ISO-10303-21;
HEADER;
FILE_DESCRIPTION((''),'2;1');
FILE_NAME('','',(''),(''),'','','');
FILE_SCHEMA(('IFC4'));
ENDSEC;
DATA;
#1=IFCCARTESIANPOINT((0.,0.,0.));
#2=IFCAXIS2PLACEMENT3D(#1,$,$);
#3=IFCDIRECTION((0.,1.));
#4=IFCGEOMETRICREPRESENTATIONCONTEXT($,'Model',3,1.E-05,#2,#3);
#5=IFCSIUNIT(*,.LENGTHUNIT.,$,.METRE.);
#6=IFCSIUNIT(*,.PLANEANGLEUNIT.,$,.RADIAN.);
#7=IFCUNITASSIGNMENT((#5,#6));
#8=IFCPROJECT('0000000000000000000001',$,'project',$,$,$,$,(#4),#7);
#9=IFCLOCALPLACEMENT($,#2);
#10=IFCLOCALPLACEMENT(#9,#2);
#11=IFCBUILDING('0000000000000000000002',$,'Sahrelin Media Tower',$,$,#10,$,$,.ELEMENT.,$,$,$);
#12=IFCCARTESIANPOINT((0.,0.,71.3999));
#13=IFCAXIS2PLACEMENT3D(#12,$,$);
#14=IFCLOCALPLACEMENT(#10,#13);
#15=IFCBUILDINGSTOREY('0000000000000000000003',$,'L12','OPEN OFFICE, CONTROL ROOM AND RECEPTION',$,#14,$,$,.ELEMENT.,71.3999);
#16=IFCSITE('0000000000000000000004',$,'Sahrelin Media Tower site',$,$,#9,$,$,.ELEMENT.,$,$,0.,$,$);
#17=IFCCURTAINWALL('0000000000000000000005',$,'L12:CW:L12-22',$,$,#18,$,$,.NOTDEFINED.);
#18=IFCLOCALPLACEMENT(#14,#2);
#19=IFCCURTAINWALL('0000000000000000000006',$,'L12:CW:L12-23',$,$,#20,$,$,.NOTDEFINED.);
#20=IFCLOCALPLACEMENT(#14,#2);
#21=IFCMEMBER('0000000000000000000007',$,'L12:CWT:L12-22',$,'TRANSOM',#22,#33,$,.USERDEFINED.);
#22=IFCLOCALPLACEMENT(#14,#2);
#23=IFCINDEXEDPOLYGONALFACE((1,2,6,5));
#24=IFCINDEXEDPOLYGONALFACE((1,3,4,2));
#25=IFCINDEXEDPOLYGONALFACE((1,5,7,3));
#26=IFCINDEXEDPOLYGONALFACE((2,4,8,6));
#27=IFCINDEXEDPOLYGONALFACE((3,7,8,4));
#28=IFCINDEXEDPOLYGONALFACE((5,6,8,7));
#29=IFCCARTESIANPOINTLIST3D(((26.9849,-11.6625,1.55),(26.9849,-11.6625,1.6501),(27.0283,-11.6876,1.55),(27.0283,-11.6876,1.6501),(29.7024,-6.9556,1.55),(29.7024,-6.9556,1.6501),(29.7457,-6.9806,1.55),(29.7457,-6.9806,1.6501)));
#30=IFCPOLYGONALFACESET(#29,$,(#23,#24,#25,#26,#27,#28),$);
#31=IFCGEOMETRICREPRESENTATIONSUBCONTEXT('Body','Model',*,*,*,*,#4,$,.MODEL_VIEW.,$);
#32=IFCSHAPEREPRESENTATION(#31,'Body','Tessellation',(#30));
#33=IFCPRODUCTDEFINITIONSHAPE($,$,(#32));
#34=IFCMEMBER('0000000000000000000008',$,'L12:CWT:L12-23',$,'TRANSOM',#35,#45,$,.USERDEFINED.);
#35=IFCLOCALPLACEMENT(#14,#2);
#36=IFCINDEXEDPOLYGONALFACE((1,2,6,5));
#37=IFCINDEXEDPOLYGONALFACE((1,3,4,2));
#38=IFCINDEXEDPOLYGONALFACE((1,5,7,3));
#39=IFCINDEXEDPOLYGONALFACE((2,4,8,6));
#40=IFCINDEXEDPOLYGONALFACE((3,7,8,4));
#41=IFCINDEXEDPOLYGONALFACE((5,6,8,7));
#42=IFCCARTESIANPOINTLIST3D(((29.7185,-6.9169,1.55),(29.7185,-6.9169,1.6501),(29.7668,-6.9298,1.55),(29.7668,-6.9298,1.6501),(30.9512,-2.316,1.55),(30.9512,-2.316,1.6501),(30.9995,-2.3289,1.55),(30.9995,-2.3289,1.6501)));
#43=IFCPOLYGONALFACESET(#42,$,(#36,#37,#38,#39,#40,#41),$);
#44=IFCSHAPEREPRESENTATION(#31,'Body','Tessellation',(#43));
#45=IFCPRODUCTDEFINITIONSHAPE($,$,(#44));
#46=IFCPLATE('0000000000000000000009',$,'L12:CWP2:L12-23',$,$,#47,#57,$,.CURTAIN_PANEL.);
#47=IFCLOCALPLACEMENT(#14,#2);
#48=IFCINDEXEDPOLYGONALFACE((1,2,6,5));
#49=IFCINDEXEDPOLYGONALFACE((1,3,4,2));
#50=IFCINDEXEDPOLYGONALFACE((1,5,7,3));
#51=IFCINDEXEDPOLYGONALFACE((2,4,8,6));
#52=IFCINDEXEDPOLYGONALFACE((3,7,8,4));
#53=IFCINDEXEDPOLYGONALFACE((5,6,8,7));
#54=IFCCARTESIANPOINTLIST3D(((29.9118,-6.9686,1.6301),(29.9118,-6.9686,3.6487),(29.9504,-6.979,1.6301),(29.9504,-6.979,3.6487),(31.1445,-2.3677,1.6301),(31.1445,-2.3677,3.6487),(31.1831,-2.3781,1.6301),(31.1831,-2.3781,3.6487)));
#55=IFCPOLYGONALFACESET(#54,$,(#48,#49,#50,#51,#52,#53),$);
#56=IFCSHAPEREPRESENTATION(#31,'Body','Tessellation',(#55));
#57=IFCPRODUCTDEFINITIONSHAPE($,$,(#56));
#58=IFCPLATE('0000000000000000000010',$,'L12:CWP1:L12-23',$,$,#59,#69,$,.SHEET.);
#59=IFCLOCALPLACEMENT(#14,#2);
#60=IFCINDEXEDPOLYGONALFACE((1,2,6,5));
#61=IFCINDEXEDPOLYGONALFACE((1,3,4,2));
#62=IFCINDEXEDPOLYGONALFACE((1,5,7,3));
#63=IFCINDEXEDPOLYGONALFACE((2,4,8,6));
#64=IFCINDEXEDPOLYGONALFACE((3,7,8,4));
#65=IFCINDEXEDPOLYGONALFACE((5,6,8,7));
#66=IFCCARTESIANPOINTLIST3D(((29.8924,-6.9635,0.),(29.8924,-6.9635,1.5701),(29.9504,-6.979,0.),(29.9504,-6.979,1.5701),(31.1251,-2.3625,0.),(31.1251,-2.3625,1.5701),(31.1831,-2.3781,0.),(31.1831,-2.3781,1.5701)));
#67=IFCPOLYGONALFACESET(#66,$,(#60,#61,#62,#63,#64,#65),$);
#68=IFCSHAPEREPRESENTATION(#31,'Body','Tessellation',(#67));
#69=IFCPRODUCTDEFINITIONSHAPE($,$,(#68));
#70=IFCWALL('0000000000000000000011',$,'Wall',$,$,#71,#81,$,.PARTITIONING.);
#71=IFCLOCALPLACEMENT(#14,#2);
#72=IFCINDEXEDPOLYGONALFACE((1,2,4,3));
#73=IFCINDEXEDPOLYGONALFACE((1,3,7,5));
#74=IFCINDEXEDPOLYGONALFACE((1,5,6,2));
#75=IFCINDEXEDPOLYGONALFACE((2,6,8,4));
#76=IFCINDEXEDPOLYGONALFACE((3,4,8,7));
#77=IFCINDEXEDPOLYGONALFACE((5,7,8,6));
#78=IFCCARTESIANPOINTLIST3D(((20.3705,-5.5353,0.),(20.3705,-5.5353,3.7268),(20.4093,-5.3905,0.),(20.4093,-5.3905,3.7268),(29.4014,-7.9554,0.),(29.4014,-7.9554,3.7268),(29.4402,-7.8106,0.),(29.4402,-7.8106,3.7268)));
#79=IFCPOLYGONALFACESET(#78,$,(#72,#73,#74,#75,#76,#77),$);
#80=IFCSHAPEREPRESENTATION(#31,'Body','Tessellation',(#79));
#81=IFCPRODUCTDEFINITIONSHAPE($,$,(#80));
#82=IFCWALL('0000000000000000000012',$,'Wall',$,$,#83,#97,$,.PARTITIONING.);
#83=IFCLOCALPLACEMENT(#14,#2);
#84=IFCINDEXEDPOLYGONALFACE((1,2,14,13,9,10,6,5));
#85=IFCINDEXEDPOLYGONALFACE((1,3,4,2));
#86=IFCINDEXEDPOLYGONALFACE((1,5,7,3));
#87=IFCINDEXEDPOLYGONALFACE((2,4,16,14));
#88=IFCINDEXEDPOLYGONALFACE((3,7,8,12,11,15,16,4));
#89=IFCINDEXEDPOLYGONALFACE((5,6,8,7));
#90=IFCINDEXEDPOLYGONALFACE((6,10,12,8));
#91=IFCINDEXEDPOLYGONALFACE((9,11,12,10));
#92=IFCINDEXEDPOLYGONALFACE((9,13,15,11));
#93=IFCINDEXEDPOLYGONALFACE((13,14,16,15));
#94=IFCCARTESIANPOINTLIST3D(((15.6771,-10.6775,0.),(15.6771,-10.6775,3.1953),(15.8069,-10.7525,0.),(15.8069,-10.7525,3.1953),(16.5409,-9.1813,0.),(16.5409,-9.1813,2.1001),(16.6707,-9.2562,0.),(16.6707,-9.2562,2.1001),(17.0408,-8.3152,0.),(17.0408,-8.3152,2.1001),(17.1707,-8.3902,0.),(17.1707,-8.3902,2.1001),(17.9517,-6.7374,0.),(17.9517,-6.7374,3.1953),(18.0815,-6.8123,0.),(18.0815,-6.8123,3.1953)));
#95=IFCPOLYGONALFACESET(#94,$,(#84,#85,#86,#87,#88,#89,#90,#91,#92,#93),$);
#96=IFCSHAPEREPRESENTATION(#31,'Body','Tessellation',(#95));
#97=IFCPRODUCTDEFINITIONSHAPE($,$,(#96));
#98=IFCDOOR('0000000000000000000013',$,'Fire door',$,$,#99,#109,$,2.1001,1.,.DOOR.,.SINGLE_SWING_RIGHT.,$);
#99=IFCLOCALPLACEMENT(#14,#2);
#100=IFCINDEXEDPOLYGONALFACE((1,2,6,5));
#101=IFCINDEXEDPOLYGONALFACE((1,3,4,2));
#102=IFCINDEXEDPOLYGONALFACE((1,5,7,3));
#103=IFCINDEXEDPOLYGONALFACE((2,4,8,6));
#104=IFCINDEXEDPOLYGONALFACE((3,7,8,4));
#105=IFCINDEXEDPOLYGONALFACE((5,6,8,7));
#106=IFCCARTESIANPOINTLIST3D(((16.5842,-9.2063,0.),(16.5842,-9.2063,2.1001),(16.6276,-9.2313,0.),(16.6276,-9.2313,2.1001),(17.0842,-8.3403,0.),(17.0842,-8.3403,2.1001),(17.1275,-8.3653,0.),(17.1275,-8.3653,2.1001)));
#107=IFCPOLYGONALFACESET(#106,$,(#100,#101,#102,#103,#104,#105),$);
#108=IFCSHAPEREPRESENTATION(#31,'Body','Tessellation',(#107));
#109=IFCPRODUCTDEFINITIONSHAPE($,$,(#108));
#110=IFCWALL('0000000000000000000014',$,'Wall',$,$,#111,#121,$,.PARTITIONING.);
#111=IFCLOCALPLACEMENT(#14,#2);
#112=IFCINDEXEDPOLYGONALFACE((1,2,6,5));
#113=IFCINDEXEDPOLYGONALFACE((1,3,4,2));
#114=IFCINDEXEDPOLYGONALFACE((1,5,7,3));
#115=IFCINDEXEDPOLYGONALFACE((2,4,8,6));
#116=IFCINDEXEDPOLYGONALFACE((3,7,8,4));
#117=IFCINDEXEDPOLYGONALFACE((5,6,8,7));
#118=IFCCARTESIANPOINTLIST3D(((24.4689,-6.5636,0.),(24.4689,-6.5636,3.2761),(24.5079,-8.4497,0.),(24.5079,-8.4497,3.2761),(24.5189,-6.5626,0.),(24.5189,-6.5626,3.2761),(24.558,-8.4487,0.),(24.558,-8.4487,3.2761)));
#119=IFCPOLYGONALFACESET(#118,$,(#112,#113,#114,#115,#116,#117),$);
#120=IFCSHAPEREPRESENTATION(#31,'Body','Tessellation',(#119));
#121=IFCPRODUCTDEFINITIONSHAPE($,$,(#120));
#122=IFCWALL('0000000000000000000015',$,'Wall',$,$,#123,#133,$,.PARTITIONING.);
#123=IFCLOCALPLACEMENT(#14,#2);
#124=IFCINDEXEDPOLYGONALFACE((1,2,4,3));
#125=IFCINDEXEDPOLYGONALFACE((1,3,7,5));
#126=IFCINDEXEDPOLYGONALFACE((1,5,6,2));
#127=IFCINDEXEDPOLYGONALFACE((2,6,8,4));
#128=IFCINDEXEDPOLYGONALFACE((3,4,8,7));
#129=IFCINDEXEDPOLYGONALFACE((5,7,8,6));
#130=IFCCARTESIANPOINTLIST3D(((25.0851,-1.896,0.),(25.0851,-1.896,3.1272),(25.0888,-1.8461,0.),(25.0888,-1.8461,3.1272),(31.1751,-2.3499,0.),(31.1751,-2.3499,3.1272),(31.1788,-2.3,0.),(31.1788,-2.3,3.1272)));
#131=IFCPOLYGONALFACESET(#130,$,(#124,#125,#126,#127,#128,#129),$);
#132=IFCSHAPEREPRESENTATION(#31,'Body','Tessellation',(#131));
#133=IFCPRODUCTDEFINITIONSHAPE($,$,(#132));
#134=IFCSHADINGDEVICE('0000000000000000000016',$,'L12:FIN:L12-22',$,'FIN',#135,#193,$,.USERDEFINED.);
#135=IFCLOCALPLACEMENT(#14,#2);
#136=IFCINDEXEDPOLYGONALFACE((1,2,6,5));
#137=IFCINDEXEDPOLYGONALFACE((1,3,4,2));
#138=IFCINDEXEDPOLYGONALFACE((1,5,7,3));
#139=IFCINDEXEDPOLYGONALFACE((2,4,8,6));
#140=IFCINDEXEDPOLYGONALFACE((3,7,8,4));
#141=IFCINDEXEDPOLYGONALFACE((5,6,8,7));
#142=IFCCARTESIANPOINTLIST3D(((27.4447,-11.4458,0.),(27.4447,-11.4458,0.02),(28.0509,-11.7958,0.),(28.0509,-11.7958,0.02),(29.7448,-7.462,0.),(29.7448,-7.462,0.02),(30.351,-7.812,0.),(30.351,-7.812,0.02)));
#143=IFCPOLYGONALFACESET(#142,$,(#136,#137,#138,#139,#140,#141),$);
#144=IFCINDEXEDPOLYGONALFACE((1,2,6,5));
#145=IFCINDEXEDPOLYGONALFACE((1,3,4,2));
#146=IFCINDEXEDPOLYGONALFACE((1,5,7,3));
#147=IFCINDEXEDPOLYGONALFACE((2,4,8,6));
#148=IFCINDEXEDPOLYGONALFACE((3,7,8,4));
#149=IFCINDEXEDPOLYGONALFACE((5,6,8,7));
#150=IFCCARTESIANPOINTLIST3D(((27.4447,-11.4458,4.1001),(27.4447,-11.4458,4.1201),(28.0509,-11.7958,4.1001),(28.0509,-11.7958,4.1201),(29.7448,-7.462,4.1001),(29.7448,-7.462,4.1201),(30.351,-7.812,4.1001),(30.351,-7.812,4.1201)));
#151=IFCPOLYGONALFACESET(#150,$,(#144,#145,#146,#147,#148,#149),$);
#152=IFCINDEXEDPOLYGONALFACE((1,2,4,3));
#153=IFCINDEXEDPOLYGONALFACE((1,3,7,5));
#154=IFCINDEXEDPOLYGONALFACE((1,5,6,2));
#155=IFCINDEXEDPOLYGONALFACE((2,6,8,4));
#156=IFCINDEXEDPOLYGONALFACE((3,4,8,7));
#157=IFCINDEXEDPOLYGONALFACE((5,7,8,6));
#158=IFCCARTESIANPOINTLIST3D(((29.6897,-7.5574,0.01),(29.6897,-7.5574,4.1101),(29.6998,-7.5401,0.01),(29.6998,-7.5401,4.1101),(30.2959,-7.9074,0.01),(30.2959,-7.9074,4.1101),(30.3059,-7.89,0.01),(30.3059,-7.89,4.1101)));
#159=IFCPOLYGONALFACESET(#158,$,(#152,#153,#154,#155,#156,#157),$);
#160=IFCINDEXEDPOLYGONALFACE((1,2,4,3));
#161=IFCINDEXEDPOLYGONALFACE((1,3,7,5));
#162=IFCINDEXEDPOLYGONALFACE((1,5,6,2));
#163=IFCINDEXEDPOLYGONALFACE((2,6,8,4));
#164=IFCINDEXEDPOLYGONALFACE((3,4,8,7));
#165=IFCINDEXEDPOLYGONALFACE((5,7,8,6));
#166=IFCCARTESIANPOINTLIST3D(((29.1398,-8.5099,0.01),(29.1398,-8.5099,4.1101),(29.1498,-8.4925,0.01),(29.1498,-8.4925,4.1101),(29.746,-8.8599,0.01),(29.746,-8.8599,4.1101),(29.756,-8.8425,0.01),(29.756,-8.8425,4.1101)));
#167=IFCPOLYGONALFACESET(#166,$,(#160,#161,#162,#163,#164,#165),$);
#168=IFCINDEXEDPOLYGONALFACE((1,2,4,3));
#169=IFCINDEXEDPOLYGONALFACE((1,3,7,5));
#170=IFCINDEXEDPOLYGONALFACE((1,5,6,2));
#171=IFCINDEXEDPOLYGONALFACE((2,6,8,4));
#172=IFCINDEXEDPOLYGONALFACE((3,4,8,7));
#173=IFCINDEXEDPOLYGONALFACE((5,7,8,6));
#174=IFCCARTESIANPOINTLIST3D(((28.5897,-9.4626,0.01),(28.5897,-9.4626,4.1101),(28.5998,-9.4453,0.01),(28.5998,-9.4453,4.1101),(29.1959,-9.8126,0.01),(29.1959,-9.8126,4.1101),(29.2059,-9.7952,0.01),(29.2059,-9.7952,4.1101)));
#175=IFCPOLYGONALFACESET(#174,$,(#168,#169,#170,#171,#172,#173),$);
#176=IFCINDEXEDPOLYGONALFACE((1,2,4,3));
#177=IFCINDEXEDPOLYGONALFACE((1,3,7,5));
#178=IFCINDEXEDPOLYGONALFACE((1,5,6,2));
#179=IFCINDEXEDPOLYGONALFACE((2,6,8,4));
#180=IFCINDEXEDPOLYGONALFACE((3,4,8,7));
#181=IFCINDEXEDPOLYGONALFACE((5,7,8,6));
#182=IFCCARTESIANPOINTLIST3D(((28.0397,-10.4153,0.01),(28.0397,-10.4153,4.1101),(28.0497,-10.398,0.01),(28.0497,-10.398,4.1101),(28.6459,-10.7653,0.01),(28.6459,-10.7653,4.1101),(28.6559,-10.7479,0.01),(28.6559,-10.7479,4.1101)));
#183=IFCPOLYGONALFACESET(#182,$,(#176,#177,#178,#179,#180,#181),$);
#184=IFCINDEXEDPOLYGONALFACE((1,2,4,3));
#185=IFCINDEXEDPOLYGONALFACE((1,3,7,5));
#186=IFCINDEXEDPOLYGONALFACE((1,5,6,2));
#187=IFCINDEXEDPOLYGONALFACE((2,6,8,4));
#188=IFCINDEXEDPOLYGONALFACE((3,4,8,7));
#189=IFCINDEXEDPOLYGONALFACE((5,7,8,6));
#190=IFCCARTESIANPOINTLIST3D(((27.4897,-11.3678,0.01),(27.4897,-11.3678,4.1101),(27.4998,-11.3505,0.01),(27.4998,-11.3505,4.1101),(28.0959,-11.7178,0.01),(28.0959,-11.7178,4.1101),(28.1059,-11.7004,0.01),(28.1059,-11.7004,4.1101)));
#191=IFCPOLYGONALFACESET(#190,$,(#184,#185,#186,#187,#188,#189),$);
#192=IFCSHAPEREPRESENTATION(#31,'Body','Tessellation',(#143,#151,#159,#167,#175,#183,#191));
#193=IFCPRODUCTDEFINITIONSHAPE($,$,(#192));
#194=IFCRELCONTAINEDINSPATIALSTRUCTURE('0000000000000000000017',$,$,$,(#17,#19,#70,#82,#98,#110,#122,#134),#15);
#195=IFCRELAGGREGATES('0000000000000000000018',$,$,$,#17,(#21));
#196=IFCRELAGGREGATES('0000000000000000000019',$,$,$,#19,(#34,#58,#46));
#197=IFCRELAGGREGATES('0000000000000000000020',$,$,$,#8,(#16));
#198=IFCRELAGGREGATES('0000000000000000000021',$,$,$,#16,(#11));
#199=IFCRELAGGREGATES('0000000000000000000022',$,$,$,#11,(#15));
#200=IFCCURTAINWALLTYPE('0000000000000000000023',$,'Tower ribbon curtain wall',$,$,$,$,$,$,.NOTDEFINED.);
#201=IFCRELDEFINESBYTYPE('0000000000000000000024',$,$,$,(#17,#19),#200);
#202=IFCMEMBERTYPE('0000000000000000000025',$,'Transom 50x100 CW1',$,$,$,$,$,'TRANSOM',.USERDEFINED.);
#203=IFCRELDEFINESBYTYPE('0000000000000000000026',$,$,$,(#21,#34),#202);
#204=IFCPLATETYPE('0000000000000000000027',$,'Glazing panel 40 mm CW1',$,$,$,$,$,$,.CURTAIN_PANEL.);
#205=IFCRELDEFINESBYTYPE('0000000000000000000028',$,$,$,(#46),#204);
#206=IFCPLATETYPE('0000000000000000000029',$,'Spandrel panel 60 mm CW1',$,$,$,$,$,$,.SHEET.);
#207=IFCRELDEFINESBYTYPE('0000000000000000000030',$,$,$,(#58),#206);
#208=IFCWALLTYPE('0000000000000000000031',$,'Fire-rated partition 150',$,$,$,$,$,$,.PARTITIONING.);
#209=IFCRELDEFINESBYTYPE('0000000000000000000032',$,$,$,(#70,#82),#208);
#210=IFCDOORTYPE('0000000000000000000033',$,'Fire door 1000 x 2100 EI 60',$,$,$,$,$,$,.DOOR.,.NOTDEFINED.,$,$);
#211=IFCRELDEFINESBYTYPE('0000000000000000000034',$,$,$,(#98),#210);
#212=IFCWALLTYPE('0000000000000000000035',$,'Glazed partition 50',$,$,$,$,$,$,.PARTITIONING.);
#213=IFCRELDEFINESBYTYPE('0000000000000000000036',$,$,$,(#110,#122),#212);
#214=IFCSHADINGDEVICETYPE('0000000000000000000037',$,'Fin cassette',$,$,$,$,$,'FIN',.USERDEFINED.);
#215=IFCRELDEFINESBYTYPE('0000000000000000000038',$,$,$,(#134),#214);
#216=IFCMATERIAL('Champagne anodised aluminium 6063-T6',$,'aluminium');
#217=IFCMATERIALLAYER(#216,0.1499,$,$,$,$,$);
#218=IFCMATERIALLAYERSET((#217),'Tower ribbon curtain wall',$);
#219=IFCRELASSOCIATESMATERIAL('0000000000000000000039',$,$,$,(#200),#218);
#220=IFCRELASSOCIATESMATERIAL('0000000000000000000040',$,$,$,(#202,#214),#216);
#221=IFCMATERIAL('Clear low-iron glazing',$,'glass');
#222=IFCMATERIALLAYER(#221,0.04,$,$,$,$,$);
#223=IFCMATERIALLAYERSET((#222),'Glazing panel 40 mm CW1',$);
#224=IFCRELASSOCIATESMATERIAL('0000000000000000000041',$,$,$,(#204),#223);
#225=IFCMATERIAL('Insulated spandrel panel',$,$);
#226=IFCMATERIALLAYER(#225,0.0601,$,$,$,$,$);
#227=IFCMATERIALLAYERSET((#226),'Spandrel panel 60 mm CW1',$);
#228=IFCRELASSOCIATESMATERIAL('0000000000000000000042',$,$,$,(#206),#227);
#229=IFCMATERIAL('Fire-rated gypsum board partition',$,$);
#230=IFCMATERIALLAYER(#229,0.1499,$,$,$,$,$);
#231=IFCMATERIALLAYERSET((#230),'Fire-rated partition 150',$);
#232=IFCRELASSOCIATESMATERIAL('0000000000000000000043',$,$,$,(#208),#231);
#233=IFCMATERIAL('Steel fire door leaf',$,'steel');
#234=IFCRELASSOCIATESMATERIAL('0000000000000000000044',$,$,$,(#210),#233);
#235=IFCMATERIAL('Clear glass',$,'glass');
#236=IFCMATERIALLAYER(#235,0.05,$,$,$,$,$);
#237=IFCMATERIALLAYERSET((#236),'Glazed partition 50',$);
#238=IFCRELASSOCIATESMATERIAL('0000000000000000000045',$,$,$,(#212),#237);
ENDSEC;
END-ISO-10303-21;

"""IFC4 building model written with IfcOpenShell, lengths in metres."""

from ifc_helpers import new_model, si_unit, direction, frame, frame_2d, origin, origin_2d, place, context, subcontext, project, spatial, polyline, rectangle, outline, extrude, material, layer, layer_set, material_profile, profile_set, type_object, element, fill, aggregate, save


model = new_model("IFC4")

# Units and contexts
model_context = context("Model", 3, precision=1e-05, world=origin(), true_north=direction((0.0, 1.0)))
body_context = subcontext(model_context, "Body", "Model", "MODEL_VIEW")
ifc_project = project(units=[si_unit("LENGTHUNIT", "METRE"), si_unit("PLANEANGLEUNIT", "RADIAN")], contexts=[model_context])

# Site, building, storey
site_placement = place(None, origin())
site = spatial("IfcSite", under=ifc_project, at=site_placement, Name="Sahrelin Media Tower site", CompositionType="ELEMENT", RefElevation=0.0)
building_placement = place(site_placement, origin())
building = spatial("IfcBuilding", under=site, at=building_placement, Name="Sahrelin Media Tower", CompositionType="ELEMENT")
storey_placement = place(building_placement, frame((0.0, 0.0, 71.3999)))
storey = spatial("IfcBuildingStorey", under=building, at=storey_placement, Name="L12", Description="OPEN OFFICE, CONTROL ROOM AND RECEPTION", CompositionType="ELEMENT", Elevation=71.3999)

# Curtain walls
ifc_material_1 = material(Name="Champagne anodised aluminium 6063-T6", Category="aluminium")
ifc_layer_1 = layer(ifc_material_1, 0.1499)
ifc_layer_set_1 = layer_set([ifc_layer_1], Name="Tower ribbon curtain wall")
curtain_wall_type = type_object("IfcCurtainWallType", Name="Tower ribbon curtain wall", PredefinedType="NOTDEFINED", material=ifc_layer_set_1)
curtain_wall_1_placement = place(storey_placement, frame((28.5342, -9.4189, 0.0), z_axis=(0.0, 0.0, 1.0), x_axis=(1.0, 0.0, 0.0)))
curtain_wall_1 = element("IfcCurtainWall", 1, at=curtain_wall_1_placement, inside=storey, type_object=curtain_wall_type, Name="L12:CW:L12-22", PredefinedType="NOTDEFINED")
curtain_wall_2_placement = place(storey_placement, frame((30.5474, -4.6733, 0.0), z_axis=(0.0, 0.0, 1.0), x_axis=(1.0, 0.0, 0.0)))
curtain_wall_2 = element("IfcCurtainWall", 2, at=curtain_wall_2_placement, inside=storey, type_object=curtain_wall_type, Name="L12:CW:L12-23", PredefinedType="NOTDEFINED")

# Members
ifc_material_profile_1 = material_profile(ifc_material_1, rectangle(XDim=0.05, YDim=0.1001, at=origin_2d()), Name="Transom 50x100")
ifc_profile_set_1 = profile_set([ifc_material_profile_1], Name="Champagne anodised aluminium 6063-T6")
member_type_1 = type_object("IfcMemberType", Name="Transom 50x100 CW1", ElementType="TRANSOM", PredefinedType="USERDEFINED", material=ifc_profile_set_1)
member_1_placement = place(storey_placement, frame((27.0066, -11.675, 1.6001), z_axis=(0.499989, 0.866031, 0.0), x_axis=(-0.866031, 0.499989, 0.0)))
member_1 = element("IfcMember", 3, at=member_1_placement, type_object=member_type_1, Name="L12:CWT:L12-22", ObjectType="TRANSOM", PredefinedType="USERDEFINED", context=body_context, shape_type="SweptSolid", body=[
    extrude(rectangle(XDim=0.05, YDim=0.1001, at=origin_2d()), origin(), (0.0, 0.0, 1.0), 5.4351),
])
aggregate(curtain_wall_1, [member_1])
member_2_placement = place(storey_placement, frame((29.7427, -6.9233, 1.6001), z_axis=(0.258795, 0.965932, 0.0), x_axis=(-0.965932, 0.258795, 0.0)))
member_2 = element("IfcMember", 4, at=member_2_placement, type_object=member_type_1, Name="L12:CWT:L12-23", ObjectType="TRANSOM", PredefinedType="USERDEFINED", context=body_context, shape_type="SweptSolid", body=[
    extrude(rectangle(XDim=0.05, YDim=0.1001, at=origin_2d()), origin(), (0.0, 0.0, 1.0), 4.7632),
])

# Plates
ifc_material_2 = material(Name="Clear low-iron glazing", Category="glass")
ifc_layer_2 = layer(ifc_material_2, 0.04)
ifc_layer_set_2 = layer_set([ifc_layer_2], Name="Glazing panel 40 mm CW1")
plate_type_1 = type_object("IfcPlateType", Name="Glazing panel 40 mm CW1", PredefinedType="CURTAIN_PANEL", material=ifc_layer_set_2)
plate_1_placement = place(storey_placement, frame((29.9504, -6.979, 1.6301), z_axis=(0.965932, -0.258795, 0.0), x_axis=(0.258795, 0.965932, 0.0)))
plate_1 = element("IfcPlate", 5, at=plate_1_placement, type_object=plate_type_1, Name="L12:CWP2:L12-23", PredefinedType="CURTAIN_PANEL", context=body_context, shape_type="SweptSolid", body=[
    extrude(outline(polyline([(0.0, 0.0), (4.7632, 0.0), (4.7632, 2.0186), (0.0, 2.0186), (0.0, 0.0)])), origin(), (0.0, 0.0, -1.0), 0.04),
])
ifc_material_3 = material(Name="Insulated spandrel panel")
ifc_layer_3 = layer(ifc_material_3, 0.0601)
ifc_layer_set_3 = layer_set([ifc_layer_3], Name="Spandrel panel 60 mm CW1")
plate_type_2 = type_object("IfcPlateType", Name="Spandrel panel 60 mm CW1", PredefinedType="SHEET", material=ifc_layer_set_3)
plate_2_placement = place(storey_placement, frame((29.9504, -6.979, 0.0), z_axis=(0.965932, -0.258795, 0.0), x_axis=(0.258795, 0.965932, 0.0)))
plate_2 = element("IfcPlate", 6, at=plate_2_placement, type_object=plate_type_2, Name="L12:CWP1:L12-23", PredefinedType="SHEET", context=body_context, shape_type="SweptSolid", body=[
    extrude(outline(polyline([(0.0, 0.0), (4.7632, 0.0), (4.7632, 1.5701), (0.0, 1.5701), (0.0, 0.0)])), origin(), (0.0, 0.0, -1.0), 0.0601),
])
aggregate(curtain_wall_2, [member_2, plate_2, plate_1])

# Wall
ifc_material_4 = material(Name="Fire-rated gypsum board partition")
ifc_layer_4 = layer(ifc_material_4, 0.1499)
ifc_layer_set_4 = layer_set([ifc_layer_4], Name="Fire-rated partition 150")
wall_type_1 = type_object("IfcWallType", Name="Fire-rated partition 150", PredefinedType="PARTITIONING", material=ifc_layer_set_4)
wall_1_placement = place(storey_placement, frame((20.3899, -5.4629, 0.0), z_axis=(0.0, 0.0, 1.0), x_axis=(0.965917, -0.258851, 0.0)))
element("IfcWall", 7, at=wall_1_placement, inside=storey, type_object=wall_type_1, Name="Wall", PredefinedType="PARTITIONING", context=body_context, shape_type="SweptSolid", body=[
    extrude(rectangle(XDim=9.3496, YDim=0.1499, at=frame_2d((4.6748, 0.0))), origin(), (0.0, 0.0, 1.0), 3.7268),
])

# Wall, opening, door
wall_2_placement = place(storey_placement, frame((15.7419, -10.7151, 0.0), z_axis=(0.0, 0.0, 1.0), x_axis=(0.499966, 0.866045, 0.0)))
wall_2 = element("IfcWall", 8, at=wall_2_placement, inside=storey, type_object=wall_type_1, Name="Wall", PredefinedType="PARTITIONING", context=body_context, shape_type="SweptSolid", body=[
    extrude(rectangle(XDim=4.5496, YDim=0.1499, at=frame_2d((2.2749, 0.0))), origin(), (0.0, 0.0, 1.0), 3.1953),
])
opening_placement = place(wall_2_placement, frame((1.7278, 0.0, 0.0)))
opening = element("IfcOpeningElement", 9, at=opening_placement, cuts=wall_2, PredefinedType="OPENING", context=body_context, shape_type="SweptSolid", body=[
    extrude(rectangle(XDim=1.0, YDim=2.1001, at=frame_2d((0.5, 1.05))), frame((0.0, 0.075, 0.0), z_axis=(0.0, -1.0, 0.0), x_axis=(1.0, 0.0, 0.0)), (0.0, 0.0, 1.0), 0.1499),
])
ifc_material_5 = material(Name="Steel fire door leaf", Category="steel")
door_type = type_object("IfcDoorType", Name="Fire door 1000 x 2100 EI 60", OperationType="NOTDEFINED", PredefinedType="DOOR", material=ifc_material_5)
door_placement = place(opening_placement, origin())
door = element("IfcDoor", 10, at=door_placement, inside=storey, type_object=door_type, Name="Fire door", OperationType="SINGLE_SWING_RIGHT", OverallHeight=2.1001, OverallWidth=1.0, PredefinedType="DOOR", context=body_context, shape_type="SweptSolid", body=[
    extrude(rectangle(XDim=1.0, YDim=2.1001, at=frame_2d((0.5, 1.05))), frame((0.0, 0.0249, 0.0), z_axis=(0.0, -1.0, 0.0), x_axis=(1.0, 0.0, 0.0)), (0.0, 0.0, 1.0), 0.05),
])
fill(opening, door)

# Walls
ifc_material_6 = material(Name="Clear glass", Category="glass")
ifc_layer_5 = layer(ifc_material_6, 0.05)
ifc_layer_set_5 = layer_set([ifc_layer_5], Name="Glazed partition 50")
wall_type_2 = type_object("IfcWallType", Name="Glazed partition 50", PredefinedType="PARTITIONING", material=ifc_layer_set_5)
wall_3_placement = place(storey_placement, frame((24.4939, -6.563, 0.0), z_axis=(0.0, 0.0, 1.0), x_axis=(0.020708, -0.999786, 0.0)))
element("IfcWall", 11, at=wall_3_placement, inside=storey, type_object=wall_type_2, Name="Wall", PredefinedType="PARTITIONING", context=body_context, shape_type="SweptSolid", body=[
    extrude(rectangle(XDim=1.8865, YDim=0.05, at=frame_2d((0.9434, 0.0))), origin(), (0.0, 0.0, 1.0), 3.2761),
])
wall_4_placement = place(storey_placement, frame((25.0869, -1.8711, 0.0), z_axis=(0.0, 0.0, 1.0), x_axis=(0.997235, -0.074318, 0.0)))
element("IfcWall", 12, at=wall_4_placement, inside=storey, type_object=wall_type_2, Name="Wall", PredefinedType="PARTITIONING", context=body_context, shape_type="SweptSolid", body=[
    extrude(rectangle(XDim=6.1069, YDim=0.05, at=frame_2d((3.0535, 0.0))), origin(), (0.0, 0.0, 1.0), 3.1272),
])

# Shading device
shading_device_type_1 = type_object("IfcShadingDeviceType", Name="Fin cassette", ElementType="FIN", PredefinedType="USERDEFINED", material=ifc_material_1)
placement_1 = place(storey_placement, frame((28.5342, -9.4189, 0.0), z_axis=(0.0, 0.0, 1.0), x_axis=(-0.500011, -0.866019, 0.0)))
element("IfcShadingDevice", 13, at=placement_1, inside=storey, type_object=shading_device_type_1, Name="L12:FIN:L12-22", ObjectType="FIN", PredefinedType="USERDEFINED", context=body_context, shape_type="SweptSolid", body=[
    extrude(rectangle(XDim=4.6001, YDim=0.7, at=origin_2d()), frame((0.0, 0.4199, 0.0)), (0.0, 0.0, 1.0), 0.02),
    extrude(rectangle(XDim=4.6001, YDim=0.7, at=origin_2d()), frame((0.0, 0.4199, 4.1001)), (0.0, 0.0, 1.0), 0.02),
    extrude(rectangle(XDim=0.02, YDim=0.7, at=origin_2d()), frame((-2.2, 0.4199, 0.01), z_axis=(0.0, 0.0, 1.0), x_axis=(1.0, 0.0, 0.0)), (0.0, 0.0, 1.0), 4.1001),
    extrude(rectangle(XDim=0.02, YDim=0.7, at=origin_2d()), frame((-1.1001, 0.4199, 0.01), z_axis=(0.0, 0.0, 1.0), x_axis=(1.0, 0.0, 0.0)), (0.0, 0.0, 1.0), 4.1001),
    extrude(rectangle(XDim=0.02, YDim=0.7, at=origin_2d()), frame((0.0, 0.4199, 0.01), z_axis=(0.0, 0.0, 1.0), x_axis=(1.0, 0.0, 0.0)), (0.0, 0.0, 1.0), 4.1001),
    extrude(rectangle(XDim=0.02, YDim=0.7, at=origin_2d()), frame((1.1001, 0.4199, 0.01), z_axis=(0.0, 0.0, 1.0), x_axis=(1.0, 0.0, 0.0)), (0.0, 0.0, 1.0), 4.1001),
    extrude(rectangle(XDim=0.02, YDim=0.7, at=origin_2d()), frame((2.2, 0.4199, 0.01), z_axis=(0.0, 0.0, 1.0), x_axis=(1.0, 0.0, 0.0)), (0.0, 0.0, 1.0), 4.1001),
])

save(model, "model.ifc")
